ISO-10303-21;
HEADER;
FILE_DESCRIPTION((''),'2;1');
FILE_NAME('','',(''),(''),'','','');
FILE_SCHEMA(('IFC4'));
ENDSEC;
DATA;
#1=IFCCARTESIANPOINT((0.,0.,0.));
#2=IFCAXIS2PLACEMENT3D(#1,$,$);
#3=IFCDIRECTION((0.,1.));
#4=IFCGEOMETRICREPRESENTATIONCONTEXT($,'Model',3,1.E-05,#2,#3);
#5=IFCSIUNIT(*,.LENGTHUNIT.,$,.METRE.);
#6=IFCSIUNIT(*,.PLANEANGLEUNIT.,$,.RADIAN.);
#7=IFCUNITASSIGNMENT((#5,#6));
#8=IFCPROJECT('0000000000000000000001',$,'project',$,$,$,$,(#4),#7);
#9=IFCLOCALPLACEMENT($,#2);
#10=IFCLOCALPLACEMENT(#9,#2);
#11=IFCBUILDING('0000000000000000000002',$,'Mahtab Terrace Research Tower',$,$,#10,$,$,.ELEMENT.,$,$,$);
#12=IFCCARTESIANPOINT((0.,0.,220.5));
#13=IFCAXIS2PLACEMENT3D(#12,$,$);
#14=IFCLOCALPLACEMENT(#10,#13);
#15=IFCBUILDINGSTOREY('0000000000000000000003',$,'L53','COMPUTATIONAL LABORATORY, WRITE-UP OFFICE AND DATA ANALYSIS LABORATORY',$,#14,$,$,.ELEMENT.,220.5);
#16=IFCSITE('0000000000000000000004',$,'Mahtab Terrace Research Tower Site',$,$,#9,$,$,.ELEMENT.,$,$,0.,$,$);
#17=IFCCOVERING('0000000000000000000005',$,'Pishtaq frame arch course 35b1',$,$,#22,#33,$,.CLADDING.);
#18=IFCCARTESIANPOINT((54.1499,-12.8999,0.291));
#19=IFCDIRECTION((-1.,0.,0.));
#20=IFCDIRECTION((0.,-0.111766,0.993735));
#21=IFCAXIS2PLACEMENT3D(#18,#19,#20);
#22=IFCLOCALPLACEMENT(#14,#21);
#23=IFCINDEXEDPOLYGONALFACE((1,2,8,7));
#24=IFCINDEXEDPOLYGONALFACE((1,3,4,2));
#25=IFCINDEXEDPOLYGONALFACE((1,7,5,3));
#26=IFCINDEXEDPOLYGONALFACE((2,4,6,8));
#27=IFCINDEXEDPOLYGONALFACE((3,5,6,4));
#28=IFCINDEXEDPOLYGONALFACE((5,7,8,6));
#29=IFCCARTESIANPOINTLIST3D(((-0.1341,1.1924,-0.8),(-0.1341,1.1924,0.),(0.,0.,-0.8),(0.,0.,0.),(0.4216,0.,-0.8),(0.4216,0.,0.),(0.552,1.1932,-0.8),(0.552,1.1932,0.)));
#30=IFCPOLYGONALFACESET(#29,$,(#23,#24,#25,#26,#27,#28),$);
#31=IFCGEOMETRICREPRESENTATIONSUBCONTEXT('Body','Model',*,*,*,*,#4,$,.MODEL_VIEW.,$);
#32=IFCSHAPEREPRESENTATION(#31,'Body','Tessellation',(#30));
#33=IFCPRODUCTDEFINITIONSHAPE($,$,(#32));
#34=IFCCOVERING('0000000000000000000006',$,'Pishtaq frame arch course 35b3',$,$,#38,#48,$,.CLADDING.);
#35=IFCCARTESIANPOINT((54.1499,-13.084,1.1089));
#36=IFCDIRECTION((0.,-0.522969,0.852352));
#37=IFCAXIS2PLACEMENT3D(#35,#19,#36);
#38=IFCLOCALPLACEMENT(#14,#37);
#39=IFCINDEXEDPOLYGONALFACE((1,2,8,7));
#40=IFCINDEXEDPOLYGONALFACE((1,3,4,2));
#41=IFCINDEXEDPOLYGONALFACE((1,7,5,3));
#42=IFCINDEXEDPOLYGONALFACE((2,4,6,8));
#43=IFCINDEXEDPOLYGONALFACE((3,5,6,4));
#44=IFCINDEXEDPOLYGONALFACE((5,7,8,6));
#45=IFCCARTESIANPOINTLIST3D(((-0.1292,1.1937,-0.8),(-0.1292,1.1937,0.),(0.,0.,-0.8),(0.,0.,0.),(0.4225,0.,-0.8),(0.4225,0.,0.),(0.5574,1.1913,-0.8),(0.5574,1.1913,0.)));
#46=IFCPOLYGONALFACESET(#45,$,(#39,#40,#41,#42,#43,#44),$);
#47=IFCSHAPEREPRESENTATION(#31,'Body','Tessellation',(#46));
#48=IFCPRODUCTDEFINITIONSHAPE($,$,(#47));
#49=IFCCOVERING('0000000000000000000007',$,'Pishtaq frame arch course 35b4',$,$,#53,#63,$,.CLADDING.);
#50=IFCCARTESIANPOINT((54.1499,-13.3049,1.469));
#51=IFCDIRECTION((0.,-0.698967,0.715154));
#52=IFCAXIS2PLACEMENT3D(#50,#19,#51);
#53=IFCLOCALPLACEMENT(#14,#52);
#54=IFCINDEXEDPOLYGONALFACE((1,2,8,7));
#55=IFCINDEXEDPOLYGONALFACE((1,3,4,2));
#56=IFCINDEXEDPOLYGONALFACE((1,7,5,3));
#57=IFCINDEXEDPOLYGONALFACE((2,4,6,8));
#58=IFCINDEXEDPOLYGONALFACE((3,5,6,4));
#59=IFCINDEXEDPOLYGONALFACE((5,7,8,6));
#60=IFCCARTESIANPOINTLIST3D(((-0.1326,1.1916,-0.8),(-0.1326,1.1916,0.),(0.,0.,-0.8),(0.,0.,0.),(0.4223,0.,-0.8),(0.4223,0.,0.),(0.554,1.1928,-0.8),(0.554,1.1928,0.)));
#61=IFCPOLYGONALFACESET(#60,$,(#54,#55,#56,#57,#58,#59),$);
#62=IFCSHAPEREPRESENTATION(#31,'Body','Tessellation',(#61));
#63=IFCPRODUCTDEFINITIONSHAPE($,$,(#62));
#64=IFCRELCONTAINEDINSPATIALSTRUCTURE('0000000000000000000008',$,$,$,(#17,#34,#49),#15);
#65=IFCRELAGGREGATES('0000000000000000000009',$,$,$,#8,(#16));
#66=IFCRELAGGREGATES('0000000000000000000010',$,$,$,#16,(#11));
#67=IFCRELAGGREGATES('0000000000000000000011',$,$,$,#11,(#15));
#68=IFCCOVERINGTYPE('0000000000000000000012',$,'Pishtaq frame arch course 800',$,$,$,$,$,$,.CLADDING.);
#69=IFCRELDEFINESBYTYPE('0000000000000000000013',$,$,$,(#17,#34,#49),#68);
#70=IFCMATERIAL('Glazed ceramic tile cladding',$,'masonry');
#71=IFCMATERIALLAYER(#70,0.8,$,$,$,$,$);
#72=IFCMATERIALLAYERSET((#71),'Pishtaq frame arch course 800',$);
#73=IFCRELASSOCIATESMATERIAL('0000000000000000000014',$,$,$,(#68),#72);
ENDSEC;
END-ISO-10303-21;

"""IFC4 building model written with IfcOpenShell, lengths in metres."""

from ifc_helpers import new_model, si_unit, direction, frame, origin, place, context, subcontext, project, spatial, polyline, outline, extrude, material, layer, layer_set, type_object, element, save


model = new_model("IFC4")

# Units and contexts
model_context = context("Model", 3, precision=1e-05, world=origin(), true_north=direction((0.0, 1.0)))
body_context = subcontext(model_context, "Body", "Model", "MODEL_VIEW")
ifc_project = project(units=[si_unit("LENGTHUNIT", "METRE"), si_unit("PLANEANGLEUNIT", "RADIAN")], contexts=[model_context])

# Site, building, storey
site_placement = place(None, origin())
site = spatial("IfcSite", under=ifc_project, at=site_placement, Name="Mahtab Terrace Research Tower Site", CompositionType="ELEMENT", RefElevation=0.0)
building_placement = place(site_placement, origin())
building = spatial("IfcBuilding", under=site, at=building_placement, Name="Mahtab Terrace Research Tower", CompositionType="ELEMENT")
storey_placement = place(building_placement, frame((0.0, 0.0, 220.5)))
storey = spatial("IfcBuildingStorey", under=building, at=storey_placement, Name="L53", Description="COMPUTATIONAL LABORATORY, WRITE-UP OFFICE AND DATA ANALYSIS LABORATORY", CompositionType="ELEMENT", Elevation=220.5)

# Coverings
ifc_material_1 = material(Name="Glazed ceramic tile cladding", Category="masonry")
ifc_layer_1 = layer(ifc_material_1, 0.8)
ifc_layer_set_1 = layer_set([ifc_layer_1], Name="Pishtaq frame arch course 800")
covering_type_1 = type_object("IfcCoveringType", Name="Pishtaq frame arch course 800", PredefinedType="CLADDING", material=ifc_layer_set_1)
covering_1_placement = place(storey_placement, frame((54.1499, -12.8999, 0.291), z_axis=(-1.0, 0.0, 0.0), x_axis=(0.0, -0.111766, 0.993735)))
element("IfcCovering", 1, at=covering_1_placement, inside=storey, type_object=covering_type_1, Name="Pishtaq frame arch course 35b1", PredefinedType="CLADDING", context=body_context, shape_type="SweptSolid", body=[
    extrude(outline(polyline([(0.0, 0.0), (0.4216, 0.0), (0.552, 1.1932), (-0.1341, 1.1924), (0.0, 0.0)])), origin(), (0.0, 0.0, -1.0), 0.8),
])
covering_2_placement = place(storey_placement, frame((54.1499, -13.084, 1.1089), z_axis=(-1.0, 0.0, 0.0), x_axis=(0.0, -0.522969, 0.852352)))
element("IfcCovering", 2, at=covering_2_placement, inside=storey, type_object=covering_type_1, Name="Pishtaq frame arch course 35b3", PredefinedType="CLADDING", context=body_context, shape_type="SweptSolid", body=[
    extrude(outline(polyline([(0.0, 0.0), (0.4225, 0.0), (0.5574, 1.1913), (-0.1292, 1.1937), (0.0, 0.0)])), origin(), (0.0, 0.0, -1.0), 0.8),
])
covering_3_placement = place(storey_placement, frame((54.1499, -13.3049, 1.469), z_axis=(-1.0, 0.0, 0.0), x_axis=(0.0, -0.698967, 0.715154)))
element("IfcCovering", 3, at=covering_3_placement, inside=storey, type_object=covering_type_1, Name="Pishtaq frame arch course 35b4", PredefinedType="CLADDING", context=body_context, shape_type="SweptSolid", body=[
    extrude(outline(polyline([(0.0, 0.0), (0.4223, 0.0), (0.554, 1.1928), (-0.1326, 1.1916), (0.0, 0.0)])), origin(), (0.0, 0.0, -1.0), 0.8),
])

save(model, "model.ifc")
